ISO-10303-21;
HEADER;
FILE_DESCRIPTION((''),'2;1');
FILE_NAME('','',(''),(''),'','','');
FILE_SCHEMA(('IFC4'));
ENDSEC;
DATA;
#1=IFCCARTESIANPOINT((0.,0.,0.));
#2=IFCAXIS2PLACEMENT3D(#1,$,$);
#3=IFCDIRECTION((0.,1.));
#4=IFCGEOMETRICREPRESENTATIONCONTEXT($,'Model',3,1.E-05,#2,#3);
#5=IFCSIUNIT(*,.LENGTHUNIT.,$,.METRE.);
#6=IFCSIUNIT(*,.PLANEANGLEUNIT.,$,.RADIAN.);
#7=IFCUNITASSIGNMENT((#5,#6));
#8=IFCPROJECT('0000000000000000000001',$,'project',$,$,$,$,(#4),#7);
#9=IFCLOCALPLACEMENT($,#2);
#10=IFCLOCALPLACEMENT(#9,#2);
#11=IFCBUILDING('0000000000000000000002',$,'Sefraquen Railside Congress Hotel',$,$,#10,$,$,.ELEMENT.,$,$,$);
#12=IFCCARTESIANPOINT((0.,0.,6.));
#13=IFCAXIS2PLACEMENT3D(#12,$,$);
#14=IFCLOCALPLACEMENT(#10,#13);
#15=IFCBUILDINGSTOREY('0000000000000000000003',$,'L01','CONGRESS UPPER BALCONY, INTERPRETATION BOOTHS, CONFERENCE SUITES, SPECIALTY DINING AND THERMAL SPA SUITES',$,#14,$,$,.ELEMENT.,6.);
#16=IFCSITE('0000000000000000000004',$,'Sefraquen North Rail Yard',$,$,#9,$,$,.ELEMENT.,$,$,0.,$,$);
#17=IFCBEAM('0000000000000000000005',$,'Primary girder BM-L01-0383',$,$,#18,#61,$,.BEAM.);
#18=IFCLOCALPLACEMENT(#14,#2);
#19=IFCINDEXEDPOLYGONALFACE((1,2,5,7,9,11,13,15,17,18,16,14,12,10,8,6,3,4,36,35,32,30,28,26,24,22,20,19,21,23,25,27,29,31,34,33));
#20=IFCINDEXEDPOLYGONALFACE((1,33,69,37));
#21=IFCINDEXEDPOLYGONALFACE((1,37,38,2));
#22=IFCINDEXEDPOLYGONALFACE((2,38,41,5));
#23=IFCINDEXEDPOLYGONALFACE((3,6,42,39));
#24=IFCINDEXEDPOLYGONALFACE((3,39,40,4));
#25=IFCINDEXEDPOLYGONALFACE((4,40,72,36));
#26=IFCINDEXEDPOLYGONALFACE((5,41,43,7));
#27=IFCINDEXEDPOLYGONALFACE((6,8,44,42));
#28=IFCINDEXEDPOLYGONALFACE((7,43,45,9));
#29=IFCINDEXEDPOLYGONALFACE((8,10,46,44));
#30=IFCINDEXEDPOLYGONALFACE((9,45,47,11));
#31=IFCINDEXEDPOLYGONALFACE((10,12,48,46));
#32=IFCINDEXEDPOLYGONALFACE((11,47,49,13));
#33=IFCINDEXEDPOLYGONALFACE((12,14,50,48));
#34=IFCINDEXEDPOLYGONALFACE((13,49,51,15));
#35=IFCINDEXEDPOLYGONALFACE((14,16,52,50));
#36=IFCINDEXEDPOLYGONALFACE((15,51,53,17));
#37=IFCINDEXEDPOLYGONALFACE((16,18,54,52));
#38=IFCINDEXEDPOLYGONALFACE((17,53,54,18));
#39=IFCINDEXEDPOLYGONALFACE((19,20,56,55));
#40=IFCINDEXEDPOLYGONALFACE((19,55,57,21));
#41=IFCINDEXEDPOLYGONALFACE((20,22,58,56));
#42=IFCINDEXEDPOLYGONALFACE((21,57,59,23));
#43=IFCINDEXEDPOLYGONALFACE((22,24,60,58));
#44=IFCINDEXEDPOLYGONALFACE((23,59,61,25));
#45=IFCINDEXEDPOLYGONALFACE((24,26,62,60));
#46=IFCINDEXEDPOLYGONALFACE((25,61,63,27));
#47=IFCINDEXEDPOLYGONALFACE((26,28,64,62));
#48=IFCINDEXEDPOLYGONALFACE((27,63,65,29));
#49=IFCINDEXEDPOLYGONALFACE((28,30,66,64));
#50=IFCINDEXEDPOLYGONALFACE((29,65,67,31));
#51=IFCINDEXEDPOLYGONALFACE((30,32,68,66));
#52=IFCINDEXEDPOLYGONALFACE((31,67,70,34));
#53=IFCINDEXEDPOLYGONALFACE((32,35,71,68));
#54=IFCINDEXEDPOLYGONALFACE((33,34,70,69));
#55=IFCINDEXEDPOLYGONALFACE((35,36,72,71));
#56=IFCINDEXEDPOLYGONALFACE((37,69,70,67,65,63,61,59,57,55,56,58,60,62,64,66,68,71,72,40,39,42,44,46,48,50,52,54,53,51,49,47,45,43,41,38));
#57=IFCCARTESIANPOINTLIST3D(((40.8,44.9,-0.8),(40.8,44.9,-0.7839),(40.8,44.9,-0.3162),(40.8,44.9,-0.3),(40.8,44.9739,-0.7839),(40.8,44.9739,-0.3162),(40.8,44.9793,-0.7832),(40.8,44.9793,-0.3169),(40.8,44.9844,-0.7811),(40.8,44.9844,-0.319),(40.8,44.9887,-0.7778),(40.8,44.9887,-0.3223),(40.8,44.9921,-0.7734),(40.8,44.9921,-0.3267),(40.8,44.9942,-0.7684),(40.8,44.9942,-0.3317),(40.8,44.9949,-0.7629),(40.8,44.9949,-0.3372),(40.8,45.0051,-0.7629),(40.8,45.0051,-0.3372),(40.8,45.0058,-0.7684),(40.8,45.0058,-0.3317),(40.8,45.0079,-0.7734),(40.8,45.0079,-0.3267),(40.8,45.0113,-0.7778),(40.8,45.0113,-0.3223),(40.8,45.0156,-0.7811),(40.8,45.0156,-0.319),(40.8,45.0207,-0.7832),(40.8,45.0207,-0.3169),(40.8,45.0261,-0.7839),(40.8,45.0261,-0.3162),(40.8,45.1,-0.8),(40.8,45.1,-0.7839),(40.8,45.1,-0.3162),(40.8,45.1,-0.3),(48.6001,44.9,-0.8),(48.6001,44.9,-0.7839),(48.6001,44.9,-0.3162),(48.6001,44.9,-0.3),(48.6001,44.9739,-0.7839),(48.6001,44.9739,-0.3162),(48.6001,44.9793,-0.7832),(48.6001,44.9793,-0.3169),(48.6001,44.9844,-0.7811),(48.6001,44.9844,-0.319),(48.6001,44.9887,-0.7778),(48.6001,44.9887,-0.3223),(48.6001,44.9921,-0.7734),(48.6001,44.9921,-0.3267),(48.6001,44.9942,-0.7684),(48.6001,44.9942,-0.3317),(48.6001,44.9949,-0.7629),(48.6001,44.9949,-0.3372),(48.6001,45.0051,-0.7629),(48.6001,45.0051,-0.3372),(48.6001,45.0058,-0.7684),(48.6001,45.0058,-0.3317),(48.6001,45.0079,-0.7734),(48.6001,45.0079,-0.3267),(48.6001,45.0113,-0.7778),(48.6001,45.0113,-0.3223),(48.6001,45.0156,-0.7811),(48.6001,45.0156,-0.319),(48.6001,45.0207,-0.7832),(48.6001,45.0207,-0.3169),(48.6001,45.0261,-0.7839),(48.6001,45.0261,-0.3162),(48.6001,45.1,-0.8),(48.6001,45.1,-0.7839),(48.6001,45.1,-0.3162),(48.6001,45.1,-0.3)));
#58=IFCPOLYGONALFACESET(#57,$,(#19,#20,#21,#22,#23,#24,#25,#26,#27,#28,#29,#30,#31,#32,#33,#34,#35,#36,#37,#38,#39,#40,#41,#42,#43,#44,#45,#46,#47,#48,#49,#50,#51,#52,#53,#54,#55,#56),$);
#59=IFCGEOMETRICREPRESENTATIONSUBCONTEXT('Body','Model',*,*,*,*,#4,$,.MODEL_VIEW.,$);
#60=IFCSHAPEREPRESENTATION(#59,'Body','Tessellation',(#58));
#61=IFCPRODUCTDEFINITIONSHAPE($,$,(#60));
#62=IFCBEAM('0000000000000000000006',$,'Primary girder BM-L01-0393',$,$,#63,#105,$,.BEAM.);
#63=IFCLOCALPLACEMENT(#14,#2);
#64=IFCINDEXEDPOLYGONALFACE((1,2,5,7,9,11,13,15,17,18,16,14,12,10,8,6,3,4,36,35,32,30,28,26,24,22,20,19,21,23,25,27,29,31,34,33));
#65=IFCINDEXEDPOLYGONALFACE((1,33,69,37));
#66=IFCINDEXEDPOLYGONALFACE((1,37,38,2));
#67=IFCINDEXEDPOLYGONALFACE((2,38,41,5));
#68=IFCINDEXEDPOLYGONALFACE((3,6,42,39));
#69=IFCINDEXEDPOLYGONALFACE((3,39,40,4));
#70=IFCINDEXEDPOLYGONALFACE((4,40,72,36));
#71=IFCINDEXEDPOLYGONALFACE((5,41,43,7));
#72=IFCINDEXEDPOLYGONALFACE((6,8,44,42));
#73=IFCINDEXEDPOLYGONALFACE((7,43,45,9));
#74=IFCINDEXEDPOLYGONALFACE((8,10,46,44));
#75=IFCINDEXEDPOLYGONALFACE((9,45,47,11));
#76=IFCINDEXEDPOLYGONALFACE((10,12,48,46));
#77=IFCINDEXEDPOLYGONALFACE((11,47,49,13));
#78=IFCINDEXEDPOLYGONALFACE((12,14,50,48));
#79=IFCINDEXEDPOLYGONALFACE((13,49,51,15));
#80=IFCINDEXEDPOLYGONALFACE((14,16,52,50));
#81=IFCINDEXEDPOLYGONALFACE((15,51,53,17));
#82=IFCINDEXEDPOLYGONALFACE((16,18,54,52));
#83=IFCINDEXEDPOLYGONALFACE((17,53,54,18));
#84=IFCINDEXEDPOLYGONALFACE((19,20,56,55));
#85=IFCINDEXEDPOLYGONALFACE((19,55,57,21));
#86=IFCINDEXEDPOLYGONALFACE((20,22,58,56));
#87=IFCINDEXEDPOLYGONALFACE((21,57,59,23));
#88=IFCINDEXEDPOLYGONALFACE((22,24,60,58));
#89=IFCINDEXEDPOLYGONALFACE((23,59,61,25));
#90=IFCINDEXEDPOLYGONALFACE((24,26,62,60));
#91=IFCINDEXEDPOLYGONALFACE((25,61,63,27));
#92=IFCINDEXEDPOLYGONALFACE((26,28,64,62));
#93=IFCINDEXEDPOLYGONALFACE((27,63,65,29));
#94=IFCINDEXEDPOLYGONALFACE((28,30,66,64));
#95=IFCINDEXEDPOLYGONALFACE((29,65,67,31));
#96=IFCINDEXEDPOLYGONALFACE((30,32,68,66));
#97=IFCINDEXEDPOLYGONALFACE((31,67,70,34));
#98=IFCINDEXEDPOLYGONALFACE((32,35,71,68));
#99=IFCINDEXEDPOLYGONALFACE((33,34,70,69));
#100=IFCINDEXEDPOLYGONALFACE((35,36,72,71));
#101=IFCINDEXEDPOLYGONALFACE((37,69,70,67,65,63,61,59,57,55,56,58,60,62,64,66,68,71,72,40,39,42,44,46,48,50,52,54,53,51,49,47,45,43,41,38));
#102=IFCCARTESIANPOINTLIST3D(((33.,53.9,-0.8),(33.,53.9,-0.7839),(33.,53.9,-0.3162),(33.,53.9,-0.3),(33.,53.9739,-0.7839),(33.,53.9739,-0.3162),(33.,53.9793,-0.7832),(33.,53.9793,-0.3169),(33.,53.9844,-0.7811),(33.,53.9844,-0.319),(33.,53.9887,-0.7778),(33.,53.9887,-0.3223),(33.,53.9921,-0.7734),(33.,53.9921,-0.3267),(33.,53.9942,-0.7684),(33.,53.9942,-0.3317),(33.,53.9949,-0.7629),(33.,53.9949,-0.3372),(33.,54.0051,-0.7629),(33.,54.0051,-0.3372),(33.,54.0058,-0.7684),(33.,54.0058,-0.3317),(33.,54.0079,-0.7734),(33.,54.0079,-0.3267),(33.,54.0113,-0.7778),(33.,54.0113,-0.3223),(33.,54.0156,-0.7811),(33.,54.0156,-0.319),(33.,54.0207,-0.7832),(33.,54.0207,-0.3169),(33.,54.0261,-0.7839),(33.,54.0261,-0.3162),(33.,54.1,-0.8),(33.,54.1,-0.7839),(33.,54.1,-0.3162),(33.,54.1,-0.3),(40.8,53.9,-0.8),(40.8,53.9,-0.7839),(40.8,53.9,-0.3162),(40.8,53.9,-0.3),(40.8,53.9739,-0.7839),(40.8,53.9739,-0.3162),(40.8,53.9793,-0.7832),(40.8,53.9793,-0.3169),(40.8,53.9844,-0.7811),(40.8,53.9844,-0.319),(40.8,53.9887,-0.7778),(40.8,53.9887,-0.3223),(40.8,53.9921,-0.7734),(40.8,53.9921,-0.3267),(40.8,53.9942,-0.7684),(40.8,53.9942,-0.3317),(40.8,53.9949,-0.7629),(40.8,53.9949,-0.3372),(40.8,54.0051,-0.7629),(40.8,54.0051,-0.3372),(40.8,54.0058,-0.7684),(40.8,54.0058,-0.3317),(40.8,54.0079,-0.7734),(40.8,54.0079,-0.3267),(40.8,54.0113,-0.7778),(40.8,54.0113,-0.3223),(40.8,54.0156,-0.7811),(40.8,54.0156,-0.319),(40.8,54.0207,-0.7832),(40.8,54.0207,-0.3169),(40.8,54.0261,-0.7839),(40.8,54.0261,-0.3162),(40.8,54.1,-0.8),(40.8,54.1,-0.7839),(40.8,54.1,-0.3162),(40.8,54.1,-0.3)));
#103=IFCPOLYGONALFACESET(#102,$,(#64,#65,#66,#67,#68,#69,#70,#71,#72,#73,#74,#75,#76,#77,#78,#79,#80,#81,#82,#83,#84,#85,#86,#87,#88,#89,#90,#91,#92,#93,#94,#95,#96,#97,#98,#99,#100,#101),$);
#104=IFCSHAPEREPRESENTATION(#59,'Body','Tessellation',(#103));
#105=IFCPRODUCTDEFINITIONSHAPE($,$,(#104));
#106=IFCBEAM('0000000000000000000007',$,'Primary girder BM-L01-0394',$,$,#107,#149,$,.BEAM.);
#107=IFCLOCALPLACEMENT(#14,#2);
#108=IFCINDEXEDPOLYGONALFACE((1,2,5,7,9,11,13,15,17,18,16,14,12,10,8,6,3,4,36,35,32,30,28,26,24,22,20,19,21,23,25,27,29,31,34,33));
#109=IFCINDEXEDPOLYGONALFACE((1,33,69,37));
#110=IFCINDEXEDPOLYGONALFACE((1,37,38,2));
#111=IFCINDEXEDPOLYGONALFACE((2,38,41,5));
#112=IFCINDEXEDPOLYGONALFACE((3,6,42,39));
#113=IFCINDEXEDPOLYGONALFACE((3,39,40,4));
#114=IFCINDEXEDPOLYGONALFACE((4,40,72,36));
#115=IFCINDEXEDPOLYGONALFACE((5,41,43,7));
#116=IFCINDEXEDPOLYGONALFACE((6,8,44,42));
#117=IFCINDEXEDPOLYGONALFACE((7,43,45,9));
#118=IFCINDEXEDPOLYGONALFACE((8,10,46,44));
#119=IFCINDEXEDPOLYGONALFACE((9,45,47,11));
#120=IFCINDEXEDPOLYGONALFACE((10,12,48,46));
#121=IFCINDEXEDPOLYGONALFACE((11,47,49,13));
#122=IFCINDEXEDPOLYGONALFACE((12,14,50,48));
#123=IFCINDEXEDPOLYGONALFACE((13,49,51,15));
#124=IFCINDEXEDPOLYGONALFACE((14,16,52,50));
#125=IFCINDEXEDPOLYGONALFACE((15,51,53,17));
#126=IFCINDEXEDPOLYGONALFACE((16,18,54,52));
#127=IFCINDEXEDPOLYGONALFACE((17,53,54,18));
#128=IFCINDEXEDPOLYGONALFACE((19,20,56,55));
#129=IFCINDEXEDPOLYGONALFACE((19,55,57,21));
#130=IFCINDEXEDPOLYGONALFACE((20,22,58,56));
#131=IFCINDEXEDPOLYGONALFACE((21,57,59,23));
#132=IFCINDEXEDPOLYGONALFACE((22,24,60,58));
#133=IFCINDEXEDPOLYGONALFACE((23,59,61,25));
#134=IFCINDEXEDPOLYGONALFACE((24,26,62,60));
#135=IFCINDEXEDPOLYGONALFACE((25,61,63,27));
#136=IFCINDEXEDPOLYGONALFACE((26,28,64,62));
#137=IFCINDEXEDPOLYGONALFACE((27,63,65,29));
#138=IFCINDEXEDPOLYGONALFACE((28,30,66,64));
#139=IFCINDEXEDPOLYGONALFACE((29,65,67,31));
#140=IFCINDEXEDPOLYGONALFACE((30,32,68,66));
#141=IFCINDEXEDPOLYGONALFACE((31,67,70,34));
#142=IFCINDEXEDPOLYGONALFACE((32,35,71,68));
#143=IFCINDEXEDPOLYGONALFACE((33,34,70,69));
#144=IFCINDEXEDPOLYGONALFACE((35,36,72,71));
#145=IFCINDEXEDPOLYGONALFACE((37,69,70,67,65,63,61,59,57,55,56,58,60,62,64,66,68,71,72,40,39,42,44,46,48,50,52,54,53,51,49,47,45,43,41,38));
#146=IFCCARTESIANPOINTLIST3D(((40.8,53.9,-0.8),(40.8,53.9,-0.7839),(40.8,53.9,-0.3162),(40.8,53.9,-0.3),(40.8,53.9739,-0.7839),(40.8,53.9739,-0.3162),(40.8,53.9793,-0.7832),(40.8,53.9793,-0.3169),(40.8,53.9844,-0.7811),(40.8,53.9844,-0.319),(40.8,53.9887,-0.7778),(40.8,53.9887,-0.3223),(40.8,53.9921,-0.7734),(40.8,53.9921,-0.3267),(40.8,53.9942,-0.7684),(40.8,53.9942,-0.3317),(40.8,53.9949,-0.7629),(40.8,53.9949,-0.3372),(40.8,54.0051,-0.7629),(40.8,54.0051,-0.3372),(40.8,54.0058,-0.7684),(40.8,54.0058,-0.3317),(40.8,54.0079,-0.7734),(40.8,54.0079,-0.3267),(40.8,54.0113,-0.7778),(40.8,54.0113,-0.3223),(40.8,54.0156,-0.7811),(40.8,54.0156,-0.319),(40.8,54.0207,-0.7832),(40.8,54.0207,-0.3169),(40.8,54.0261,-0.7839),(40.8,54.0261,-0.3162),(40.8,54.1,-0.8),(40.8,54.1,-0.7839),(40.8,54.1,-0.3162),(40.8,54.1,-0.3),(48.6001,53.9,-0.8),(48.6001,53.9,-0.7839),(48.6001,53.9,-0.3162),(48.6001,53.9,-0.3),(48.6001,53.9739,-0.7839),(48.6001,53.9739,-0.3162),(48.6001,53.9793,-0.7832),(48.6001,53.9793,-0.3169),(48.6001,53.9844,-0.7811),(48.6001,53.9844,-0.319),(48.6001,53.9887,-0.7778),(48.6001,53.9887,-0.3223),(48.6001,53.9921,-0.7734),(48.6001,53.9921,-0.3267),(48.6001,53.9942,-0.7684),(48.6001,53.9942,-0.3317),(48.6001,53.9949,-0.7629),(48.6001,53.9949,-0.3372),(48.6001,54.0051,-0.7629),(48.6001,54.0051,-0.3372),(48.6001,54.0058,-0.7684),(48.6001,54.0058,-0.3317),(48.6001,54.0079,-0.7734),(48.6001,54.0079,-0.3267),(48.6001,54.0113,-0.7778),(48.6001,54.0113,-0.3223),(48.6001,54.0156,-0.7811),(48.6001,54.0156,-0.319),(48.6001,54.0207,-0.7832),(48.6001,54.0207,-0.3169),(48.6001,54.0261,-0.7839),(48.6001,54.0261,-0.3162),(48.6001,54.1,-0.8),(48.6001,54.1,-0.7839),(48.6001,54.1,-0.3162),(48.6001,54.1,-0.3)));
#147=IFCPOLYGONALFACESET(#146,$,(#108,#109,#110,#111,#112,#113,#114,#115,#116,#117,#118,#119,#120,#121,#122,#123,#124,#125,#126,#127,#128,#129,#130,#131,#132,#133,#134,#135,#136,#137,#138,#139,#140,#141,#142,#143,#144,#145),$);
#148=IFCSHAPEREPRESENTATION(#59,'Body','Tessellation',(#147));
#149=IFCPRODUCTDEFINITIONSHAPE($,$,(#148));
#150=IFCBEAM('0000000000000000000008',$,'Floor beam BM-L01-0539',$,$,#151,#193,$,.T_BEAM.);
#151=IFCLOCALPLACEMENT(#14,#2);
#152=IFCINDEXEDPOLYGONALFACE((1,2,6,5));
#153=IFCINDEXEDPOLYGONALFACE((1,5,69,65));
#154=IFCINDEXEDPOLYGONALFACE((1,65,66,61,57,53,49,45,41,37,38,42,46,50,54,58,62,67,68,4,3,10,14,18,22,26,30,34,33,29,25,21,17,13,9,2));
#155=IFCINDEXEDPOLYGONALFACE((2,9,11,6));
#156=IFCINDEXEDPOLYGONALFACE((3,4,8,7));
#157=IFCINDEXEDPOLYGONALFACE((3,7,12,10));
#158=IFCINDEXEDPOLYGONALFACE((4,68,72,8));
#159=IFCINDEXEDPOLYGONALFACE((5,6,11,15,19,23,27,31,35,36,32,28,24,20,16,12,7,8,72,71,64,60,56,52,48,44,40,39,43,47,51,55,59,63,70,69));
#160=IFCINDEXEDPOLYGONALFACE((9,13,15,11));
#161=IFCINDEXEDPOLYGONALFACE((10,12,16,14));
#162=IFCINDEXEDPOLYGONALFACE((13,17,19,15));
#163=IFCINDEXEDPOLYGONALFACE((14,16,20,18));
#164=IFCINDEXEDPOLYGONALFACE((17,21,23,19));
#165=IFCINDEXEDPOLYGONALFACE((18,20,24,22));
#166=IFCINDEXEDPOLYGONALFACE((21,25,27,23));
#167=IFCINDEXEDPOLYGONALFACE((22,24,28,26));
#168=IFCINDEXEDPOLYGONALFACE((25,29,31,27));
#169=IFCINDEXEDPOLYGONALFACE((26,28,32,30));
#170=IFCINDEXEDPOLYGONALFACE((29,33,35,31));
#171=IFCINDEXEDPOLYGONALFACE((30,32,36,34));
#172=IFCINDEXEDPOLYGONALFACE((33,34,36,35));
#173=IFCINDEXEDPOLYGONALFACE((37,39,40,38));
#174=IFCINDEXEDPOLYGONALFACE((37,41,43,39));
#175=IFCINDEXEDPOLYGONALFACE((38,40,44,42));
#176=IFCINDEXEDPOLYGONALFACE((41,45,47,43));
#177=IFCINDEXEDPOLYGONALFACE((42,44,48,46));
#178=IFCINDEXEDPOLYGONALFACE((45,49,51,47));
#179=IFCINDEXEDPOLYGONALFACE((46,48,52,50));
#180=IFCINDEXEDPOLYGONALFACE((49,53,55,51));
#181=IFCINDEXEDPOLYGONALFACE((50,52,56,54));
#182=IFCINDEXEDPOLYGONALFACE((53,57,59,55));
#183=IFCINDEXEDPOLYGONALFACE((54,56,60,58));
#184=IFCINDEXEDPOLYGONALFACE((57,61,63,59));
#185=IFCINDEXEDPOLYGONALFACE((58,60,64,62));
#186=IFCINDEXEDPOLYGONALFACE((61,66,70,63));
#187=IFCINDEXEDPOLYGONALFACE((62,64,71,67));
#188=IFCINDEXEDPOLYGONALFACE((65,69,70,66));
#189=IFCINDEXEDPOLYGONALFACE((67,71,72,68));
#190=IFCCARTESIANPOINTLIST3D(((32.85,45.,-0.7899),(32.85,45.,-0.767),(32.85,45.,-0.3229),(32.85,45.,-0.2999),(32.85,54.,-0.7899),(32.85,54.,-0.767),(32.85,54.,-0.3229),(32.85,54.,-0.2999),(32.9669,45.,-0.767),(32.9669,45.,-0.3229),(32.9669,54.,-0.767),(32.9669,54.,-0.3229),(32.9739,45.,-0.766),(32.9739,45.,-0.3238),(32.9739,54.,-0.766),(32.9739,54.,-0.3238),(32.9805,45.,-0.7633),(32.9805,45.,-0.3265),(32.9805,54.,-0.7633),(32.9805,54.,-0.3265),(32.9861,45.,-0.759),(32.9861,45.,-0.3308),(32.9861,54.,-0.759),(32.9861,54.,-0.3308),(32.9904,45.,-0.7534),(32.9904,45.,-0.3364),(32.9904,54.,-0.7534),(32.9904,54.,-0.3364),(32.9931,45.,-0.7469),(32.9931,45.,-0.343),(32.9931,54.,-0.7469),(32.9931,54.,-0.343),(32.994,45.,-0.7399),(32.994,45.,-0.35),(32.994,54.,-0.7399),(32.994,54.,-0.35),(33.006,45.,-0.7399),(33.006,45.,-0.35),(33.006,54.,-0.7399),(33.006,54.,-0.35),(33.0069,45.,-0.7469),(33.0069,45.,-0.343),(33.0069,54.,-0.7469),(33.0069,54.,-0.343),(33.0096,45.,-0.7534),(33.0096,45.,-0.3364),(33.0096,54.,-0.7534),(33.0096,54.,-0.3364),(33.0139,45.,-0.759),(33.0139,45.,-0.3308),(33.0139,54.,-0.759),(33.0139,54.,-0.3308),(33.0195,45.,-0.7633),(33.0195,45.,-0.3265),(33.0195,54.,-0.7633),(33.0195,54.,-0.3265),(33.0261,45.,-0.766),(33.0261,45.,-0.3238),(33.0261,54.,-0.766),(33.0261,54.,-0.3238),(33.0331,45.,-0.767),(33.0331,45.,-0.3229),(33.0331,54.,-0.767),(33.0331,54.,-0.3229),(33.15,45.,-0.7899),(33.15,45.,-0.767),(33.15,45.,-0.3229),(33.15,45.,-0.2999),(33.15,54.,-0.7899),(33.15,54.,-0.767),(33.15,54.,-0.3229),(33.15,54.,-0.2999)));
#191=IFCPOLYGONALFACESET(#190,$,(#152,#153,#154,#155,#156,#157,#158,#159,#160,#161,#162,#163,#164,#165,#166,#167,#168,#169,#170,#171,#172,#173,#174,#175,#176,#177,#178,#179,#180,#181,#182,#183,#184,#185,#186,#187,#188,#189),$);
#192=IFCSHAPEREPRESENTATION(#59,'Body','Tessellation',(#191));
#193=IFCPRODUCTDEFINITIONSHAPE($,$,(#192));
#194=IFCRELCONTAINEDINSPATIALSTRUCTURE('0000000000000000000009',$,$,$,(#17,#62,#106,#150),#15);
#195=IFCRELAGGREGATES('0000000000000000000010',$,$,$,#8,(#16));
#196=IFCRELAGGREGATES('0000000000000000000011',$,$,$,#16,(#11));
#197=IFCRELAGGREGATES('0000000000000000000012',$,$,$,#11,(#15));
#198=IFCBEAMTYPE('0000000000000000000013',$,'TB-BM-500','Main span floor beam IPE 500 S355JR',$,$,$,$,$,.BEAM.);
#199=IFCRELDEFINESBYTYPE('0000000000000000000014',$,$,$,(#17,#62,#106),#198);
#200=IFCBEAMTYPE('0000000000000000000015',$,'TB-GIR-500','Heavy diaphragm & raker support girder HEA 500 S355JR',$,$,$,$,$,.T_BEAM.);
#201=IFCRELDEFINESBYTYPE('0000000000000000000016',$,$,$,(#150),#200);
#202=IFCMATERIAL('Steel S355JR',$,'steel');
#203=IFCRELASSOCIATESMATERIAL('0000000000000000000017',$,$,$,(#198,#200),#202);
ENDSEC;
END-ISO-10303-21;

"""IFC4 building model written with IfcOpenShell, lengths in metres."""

from ifc_helpers import new_model, si_unit, direction, frame, origin, origin_2d, place, context, subcontext, project, spatial, i_section, extrude, material, material_profile, profile_set, type_object, element, save


model = new_model("IFC4")

# Units and contexts
model_context = context("Model", 3, precision=1e-05, world=origin(), true_north=direction((0.0, 1.0)))
body_context = subcontext(model_context, "Body", "Model", "MODEL_VIEW")
ifc_project = project(units=[si_unit("LENGTHUNIT", "METRE"), si_unit("PLANEANGLEUNIT", "RADIAN")], contexts=[model_context])

# Site, building, storey
site_placement = place(None, origin())
site = spatial("IfcSite", under=ifc_project, at=site_placement, Name="Sefraquen North Rail Yard", CompositionType="ELEMENT", RefElevation=0.0)
building_placement = place(site_placement, origin())
building = spatial("IfcBuilding", under=site, at=building_placement, Name="Sefraquen Railside Congress Hotel", CompositionType="ELEMENT")
storey_placement = place(building_placement, frame((0.0, 0.0, 6.0)))
storey = spatial("IfcBuildingStorey", under=building, at=storey_placement, Name="L01", Description="CONGRESS UPPER BALCONY, INTERPRETATION BOOTHS, CONFERENCE SUITES, SPECIALTY DINING AND THERMAL SPA SUITES", CompositionType="ELEMENT", Elevation=6.0)

# Shared definitions
ifc_material_1 = material(Name="Steel S355JR", Category="steel")

# Beams
ifc_material_profile_1 = material_profile(ifc_material_1, i_section(OverallWidth=0.2, OverallDepth=0.5, WebThickness=0.0103, FlangeThickness=0.0161, FilletRadius=0.021, at=origin_2d()), Name="IPE 500")
ifc_profile_set_1 = profile_set([ifc_material_profile_1], Name="Steel S355JR")
beam_type_1 = type_object("IfcBeamType", Name="TB-BM-500", Description="Main span floor beam IPE 500 S355JR", PredefinedType="BEAM", material=ifc_profile_set_1)
for number, where, z_axis, x_axis, name in (
    (1, (40.8, 45.0, -0.55), (1.0, 0.0, 0.0), (0.0, 1.0, 0.0), "Primary girder BM-L01-0383"),
    (2, (33.0, 54.0, -0.55), (1.0, 0.0, 0.0), (0.0, 1.0, 0.0), "Primary girder BM-L01-0393"),
    (3, (40.8, 54.0, -0.55), (1.0, 0.0, 0.0), (0.0, 1.0, 0.0), "Primary girder BM-L01-0394"),
):
    element("IfcBeam", number, at=place(storey_placement, frame(where, z_axis=z_axis, x_axis=x_axis)), inside=storey, type_object=beam_type_1, Name=name, PredefinedType="BEAM", context=body_context, shape_type="SweptSolid", body=[
        extrude(i_section(OverallWidth=0.2, OverallDepth=0.5, WebThickness=0.0103, FlangeThickness=0.0161, FilletRadius=0.021, at=origin_2d()), origin(), (0.0, 0.0, 1.0), 7.8),
    ])
ifc_material_profile_2 = material_profile(ifc_material_1, i_section(OverallWidth=0.3, OverallDepth=0.49, WebThickness=0.012, FlangeThickness=0.0229, FilletRadius=0.0271, at=origin_2d()), Name="HEA 500")
ifc_profile_set_2 = profile_set([ifc_material_profile_2], Name="Steel S355JR")
beam_type_2 = type_object("IfcBeamType", Name="TB-GIR-500", Description="Heavy diaphragm & raker support girder HEA 500 S355JR", PredefinedType="T_BEAM", material=ifc_profile_set_2)
beam_1_placement = place(storey_placement, frame((33.0, 45.0, -0.5449), z_axis=(0.0, 1.0, 0.0), x_axis=(-1.0, 0.0, 0.0)))
element("IfcBeam", 4, at=beam_1_placement, inside=storey, type_object=beam_type_2, Name="Floor beam BM-L01-0539", PredefinedType="T_BEAM", context=body_context, shape_type="SweptSolid", body=[
    extrude(i_section(OverallWidth=0.3, OverallDepth=0.49, WebThickness=0.012, FlangeThickness=0.0229, FilletRadius=0.0271, at=origin_2d()), origin(), (0.0, 0.0, 1.0), 9.0),
])

save(model, "model.ifc")
